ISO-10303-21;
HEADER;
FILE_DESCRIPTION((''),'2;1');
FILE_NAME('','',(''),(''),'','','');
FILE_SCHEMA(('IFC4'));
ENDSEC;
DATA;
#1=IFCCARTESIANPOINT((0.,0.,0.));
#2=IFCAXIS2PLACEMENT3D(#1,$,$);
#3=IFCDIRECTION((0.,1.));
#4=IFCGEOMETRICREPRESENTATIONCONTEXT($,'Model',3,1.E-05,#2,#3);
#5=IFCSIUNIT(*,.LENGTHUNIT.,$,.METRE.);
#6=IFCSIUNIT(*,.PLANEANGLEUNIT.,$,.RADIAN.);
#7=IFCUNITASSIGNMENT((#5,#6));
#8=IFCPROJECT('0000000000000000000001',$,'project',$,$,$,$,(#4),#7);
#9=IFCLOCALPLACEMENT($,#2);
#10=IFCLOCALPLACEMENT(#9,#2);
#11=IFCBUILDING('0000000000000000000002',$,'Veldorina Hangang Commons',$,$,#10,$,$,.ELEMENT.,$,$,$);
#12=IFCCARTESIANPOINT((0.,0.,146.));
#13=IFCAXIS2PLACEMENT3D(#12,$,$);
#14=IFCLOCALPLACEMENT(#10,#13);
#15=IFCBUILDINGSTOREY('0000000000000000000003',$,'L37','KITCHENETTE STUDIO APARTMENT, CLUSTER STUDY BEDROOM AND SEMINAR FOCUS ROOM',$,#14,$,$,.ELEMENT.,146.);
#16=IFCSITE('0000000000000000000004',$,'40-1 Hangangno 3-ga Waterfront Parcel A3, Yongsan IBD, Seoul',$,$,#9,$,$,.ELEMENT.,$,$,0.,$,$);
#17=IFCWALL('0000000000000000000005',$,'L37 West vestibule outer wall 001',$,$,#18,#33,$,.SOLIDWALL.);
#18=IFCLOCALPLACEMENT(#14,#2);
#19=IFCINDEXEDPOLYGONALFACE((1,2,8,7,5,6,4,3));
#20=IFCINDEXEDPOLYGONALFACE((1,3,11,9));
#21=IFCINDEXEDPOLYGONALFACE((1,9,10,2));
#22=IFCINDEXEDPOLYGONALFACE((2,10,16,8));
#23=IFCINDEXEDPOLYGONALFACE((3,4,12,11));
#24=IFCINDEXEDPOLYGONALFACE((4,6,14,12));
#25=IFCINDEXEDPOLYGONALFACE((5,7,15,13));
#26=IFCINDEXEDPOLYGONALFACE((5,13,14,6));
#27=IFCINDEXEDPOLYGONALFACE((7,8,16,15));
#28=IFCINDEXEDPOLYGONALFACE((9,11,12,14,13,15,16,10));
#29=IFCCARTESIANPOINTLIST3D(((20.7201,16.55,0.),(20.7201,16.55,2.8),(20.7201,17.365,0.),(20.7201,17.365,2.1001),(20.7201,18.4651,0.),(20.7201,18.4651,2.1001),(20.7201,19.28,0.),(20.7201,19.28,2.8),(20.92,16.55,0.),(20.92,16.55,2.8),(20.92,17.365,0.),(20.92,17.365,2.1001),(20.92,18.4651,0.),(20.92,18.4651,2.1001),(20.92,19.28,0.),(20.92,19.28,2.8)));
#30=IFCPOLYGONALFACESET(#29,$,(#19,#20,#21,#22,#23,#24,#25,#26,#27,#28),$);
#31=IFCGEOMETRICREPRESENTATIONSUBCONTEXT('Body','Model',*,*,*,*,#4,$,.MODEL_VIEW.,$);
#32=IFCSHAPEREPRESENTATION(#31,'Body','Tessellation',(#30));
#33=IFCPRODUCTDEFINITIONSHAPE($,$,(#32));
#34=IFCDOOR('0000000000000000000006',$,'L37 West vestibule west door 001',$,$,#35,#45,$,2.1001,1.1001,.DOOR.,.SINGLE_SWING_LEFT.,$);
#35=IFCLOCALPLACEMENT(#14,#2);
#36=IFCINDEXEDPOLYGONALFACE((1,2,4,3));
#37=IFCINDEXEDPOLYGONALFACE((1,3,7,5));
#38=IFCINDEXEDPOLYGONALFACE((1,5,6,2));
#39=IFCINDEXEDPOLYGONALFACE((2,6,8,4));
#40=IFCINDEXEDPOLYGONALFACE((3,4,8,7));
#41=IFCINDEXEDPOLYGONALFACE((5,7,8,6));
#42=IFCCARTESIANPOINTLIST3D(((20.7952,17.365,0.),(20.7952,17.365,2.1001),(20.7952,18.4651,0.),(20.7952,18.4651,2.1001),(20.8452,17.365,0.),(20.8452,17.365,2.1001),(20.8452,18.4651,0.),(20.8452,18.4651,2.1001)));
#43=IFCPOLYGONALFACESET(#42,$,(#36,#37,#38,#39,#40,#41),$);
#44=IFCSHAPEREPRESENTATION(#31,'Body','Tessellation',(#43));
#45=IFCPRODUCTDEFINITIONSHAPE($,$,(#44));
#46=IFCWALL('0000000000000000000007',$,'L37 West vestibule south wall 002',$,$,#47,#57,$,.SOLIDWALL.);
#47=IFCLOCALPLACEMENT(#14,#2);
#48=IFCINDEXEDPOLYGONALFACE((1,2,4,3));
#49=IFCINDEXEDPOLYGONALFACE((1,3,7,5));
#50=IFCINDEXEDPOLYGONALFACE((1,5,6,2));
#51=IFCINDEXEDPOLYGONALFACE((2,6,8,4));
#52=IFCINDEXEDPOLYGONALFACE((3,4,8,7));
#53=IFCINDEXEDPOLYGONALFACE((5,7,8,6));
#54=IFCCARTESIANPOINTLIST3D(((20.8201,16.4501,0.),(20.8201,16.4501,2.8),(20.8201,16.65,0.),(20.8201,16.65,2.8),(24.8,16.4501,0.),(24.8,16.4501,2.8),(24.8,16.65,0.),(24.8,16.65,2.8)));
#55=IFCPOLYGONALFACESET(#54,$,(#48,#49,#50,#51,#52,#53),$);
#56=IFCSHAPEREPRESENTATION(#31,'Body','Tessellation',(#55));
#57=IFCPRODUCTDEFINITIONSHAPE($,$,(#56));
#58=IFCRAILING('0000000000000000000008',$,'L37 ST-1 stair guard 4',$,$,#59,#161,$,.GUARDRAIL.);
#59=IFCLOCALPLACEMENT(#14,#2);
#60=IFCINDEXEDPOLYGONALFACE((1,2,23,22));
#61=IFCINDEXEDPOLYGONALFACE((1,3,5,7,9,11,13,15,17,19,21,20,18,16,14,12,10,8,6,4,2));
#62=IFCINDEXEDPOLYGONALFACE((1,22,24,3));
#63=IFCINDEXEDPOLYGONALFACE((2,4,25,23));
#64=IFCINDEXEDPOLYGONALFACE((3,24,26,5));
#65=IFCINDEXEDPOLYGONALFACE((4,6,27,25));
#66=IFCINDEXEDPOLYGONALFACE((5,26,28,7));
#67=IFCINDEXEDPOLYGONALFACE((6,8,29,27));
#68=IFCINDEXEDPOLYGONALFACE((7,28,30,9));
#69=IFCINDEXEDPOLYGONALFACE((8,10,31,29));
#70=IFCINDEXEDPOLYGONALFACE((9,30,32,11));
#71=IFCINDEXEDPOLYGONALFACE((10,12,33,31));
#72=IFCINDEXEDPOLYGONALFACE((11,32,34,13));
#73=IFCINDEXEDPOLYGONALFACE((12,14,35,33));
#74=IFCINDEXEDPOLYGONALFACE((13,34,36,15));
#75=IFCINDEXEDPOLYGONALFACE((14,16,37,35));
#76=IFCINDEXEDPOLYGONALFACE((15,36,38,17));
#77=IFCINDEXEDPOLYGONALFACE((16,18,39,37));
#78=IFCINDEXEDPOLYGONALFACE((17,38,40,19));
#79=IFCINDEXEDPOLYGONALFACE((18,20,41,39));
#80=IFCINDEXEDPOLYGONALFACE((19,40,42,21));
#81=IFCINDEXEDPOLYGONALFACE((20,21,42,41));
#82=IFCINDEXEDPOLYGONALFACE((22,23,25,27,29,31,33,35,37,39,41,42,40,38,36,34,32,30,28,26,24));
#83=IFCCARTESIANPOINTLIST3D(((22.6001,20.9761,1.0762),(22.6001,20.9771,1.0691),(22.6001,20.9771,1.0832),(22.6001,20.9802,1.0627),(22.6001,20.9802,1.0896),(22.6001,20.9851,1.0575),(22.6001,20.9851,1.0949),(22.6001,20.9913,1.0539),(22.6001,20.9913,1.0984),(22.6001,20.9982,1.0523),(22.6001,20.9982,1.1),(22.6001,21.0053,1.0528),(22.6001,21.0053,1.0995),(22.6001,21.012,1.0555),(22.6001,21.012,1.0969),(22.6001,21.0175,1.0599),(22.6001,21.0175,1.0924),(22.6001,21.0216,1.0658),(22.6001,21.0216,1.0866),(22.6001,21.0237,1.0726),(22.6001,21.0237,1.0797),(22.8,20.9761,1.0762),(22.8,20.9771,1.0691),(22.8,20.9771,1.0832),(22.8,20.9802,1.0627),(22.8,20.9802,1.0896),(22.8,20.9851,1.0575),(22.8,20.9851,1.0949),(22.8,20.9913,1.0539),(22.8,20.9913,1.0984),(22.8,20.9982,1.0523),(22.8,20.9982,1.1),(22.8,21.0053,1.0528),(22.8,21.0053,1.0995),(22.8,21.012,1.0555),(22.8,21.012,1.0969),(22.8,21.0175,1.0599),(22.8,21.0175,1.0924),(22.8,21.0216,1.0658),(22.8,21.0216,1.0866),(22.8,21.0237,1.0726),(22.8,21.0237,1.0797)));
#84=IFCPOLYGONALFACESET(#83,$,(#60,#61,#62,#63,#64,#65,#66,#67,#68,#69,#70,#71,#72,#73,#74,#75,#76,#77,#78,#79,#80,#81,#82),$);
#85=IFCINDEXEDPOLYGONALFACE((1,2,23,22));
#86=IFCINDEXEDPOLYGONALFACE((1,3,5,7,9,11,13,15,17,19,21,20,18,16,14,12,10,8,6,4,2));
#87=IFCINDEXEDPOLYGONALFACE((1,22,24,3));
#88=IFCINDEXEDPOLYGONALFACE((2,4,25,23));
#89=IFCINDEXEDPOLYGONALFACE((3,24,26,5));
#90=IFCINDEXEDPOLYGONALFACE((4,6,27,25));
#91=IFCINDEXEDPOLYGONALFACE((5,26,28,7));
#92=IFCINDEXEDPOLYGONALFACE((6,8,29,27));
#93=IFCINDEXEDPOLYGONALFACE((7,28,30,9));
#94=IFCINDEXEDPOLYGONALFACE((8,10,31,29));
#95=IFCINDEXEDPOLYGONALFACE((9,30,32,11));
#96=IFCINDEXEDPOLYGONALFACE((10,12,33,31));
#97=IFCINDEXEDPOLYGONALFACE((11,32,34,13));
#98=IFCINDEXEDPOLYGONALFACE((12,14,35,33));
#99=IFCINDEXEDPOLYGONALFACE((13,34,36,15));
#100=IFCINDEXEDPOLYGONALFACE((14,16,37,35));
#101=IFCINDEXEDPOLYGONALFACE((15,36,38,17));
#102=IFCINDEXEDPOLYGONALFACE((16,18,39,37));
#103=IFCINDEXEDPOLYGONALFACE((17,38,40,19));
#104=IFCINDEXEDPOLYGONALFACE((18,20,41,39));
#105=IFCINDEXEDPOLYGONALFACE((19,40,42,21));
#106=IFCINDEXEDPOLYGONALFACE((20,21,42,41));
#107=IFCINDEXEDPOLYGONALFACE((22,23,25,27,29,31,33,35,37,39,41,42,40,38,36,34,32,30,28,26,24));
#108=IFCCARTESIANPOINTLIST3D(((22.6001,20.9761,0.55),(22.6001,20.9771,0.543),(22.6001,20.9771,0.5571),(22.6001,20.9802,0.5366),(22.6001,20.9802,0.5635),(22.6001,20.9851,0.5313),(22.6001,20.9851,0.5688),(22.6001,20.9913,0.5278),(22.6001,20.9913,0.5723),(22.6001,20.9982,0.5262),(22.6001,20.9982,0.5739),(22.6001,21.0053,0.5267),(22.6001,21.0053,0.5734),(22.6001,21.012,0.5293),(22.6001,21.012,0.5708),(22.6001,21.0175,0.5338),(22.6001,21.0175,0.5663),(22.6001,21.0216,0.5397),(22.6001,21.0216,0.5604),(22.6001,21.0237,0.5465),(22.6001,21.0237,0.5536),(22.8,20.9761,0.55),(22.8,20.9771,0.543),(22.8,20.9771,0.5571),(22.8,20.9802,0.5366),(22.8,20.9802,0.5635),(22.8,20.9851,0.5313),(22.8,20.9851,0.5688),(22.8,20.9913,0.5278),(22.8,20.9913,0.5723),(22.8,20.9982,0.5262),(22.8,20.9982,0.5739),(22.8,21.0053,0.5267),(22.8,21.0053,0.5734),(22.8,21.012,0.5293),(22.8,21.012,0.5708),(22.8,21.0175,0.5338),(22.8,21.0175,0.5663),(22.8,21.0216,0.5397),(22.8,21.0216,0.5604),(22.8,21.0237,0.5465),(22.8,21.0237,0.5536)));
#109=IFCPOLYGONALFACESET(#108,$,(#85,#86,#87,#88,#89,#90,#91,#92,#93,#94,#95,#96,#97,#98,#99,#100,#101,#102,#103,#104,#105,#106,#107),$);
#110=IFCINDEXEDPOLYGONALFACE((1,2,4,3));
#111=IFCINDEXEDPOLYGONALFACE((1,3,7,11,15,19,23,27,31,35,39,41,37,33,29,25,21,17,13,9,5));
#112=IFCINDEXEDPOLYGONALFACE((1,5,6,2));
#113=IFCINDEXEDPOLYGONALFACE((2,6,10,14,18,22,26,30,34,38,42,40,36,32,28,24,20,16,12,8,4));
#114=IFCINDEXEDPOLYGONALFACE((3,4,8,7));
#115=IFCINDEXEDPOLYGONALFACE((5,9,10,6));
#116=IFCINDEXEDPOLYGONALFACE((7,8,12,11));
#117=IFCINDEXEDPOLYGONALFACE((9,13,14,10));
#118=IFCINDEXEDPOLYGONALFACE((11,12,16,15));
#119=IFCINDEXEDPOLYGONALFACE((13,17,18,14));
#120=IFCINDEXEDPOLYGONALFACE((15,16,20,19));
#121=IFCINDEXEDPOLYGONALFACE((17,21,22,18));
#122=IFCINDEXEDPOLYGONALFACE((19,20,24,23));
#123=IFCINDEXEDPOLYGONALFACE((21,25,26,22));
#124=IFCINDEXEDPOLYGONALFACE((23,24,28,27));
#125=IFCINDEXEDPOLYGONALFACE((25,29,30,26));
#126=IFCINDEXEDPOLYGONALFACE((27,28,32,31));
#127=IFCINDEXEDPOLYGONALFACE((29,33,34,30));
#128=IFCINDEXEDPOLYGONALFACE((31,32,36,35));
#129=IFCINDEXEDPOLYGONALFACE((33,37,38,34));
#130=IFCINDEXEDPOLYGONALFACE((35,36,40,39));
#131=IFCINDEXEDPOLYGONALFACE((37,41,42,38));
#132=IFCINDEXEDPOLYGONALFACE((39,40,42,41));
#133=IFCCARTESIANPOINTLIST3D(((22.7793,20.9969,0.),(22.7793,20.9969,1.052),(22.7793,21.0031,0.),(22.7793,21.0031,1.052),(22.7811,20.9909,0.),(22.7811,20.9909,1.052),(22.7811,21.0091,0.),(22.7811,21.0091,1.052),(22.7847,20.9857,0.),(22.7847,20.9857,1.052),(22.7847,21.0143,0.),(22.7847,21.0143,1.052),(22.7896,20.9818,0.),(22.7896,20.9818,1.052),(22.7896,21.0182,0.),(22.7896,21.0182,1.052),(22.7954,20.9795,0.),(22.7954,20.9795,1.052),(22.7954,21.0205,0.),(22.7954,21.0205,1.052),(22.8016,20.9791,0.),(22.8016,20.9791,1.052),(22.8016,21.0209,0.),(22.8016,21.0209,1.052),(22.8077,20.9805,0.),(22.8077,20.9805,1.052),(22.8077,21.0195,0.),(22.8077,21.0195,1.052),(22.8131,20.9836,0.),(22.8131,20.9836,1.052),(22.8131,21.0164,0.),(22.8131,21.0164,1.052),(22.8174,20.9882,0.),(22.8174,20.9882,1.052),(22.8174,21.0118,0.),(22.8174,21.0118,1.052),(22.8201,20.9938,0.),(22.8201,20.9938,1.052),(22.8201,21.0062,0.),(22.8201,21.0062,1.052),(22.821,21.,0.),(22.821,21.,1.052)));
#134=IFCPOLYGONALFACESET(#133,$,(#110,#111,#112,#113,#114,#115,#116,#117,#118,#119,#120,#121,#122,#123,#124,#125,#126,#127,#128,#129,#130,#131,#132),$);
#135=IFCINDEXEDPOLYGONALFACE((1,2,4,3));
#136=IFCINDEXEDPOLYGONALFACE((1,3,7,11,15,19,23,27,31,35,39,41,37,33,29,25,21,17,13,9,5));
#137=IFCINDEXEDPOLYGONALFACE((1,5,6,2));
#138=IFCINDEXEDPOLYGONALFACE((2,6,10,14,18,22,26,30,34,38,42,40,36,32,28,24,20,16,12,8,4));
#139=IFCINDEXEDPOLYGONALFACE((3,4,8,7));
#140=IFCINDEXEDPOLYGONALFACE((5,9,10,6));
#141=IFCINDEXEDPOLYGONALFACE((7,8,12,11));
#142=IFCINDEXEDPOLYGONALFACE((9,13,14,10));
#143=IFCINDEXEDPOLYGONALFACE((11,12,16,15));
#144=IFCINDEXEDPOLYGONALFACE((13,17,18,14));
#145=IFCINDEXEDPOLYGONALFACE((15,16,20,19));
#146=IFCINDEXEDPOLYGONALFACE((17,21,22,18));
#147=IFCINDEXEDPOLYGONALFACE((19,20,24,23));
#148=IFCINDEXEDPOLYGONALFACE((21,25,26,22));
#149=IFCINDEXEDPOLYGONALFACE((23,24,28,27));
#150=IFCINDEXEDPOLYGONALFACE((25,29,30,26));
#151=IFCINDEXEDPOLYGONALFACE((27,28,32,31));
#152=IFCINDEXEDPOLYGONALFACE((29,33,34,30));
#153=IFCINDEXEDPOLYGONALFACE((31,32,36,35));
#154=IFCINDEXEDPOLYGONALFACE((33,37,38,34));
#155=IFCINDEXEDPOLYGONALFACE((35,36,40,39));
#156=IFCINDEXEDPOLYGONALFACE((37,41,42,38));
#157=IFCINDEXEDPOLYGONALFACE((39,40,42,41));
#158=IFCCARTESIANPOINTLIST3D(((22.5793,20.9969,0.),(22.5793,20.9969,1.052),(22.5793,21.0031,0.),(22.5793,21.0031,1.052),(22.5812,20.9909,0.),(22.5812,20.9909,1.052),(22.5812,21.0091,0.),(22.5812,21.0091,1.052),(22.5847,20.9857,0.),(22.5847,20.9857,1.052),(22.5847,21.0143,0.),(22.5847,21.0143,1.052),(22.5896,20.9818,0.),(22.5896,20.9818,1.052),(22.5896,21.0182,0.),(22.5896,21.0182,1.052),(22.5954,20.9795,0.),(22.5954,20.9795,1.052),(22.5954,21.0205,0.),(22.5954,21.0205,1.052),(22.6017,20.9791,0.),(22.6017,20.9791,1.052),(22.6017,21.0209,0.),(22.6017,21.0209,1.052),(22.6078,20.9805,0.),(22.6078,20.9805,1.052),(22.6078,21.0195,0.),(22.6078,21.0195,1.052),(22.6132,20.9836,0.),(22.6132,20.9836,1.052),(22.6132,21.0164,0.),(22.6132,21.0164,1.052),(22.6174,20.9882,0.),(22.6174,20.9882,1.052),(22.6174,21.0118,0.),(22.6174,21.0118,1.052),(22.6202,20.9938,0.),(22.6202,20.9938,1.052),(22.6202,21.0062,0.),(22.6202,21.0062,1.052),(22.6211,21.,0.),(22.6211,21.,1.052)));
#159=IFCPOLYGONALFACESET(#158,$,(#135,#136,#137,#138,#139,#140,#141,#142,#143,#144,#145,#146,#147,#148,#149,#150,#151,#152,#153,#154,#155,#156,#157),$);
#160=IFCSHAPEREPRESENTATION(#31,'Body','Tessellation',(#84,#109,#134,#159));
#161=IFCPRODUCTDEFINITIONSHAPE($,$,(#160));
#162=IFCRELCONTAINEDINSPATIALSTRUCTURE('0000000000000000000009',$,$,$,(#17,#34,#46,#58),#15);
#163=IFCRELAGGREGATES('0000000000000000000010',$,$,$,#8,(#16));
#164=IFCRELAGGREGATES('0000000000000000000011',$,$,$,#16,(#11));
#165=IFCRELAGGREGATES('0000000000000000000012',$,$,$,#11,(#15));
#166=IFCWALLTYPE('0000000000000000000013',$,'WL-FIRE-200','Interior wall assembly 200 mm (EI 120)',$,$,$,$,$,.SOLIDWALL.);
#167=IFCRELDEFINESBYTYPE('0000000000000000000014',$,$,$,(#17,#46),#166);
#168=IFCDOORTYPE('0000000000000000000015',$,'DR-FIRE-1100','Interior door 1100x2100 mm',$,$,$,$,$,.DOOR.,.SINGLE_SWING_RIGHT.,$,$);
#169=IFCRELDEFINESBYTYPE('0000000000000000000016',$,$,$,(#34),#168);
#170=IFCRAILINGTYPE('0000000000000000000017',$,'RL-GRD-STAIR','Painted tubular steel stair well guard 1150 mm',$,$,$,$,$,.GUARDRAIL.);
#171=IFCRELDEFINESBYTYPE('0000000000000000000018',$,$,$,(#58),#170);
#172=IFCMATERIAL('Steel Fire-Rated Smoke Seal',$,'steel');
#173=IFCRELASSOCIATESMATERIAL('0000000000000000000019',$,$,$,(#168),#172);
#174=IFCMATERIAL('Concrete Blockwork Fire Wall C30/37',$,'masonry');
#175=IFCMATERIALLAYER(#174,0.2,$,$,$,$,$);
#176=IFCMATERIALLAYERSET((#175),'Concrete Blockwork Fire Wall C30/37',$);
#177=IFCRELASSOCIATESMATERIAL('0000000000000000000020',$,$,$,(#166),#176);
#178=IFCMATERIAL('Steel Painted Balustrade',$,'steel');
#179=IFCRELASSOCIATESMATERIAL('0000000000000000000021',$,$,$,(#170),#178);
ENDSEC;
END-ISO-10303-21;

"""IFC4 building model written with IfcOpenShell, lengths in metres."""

from ifc_helpers import new_model, si_unit, direction, frame, frame_2d, origin, origin_2d, place, context, subcontext, project, spatial, rectangle, circle, extrude, material, layer, layer_set, type_object, element, fill, save


model = new_model("IFC4")

# Units and contexts
model_context = context("Model", 3, precision=1e-05, world=origin(), true_north=direction((0.0, 1.0)))
body_context = subcontext(model_context, "Body", "Model", "MODEL_VIEW")
ifc_project = project(units=[si_unit("LENGTHUNIT", "METRE"), si_unit("PLANEANGLEUNIT", "RADIAN")], contexts=[model_context])

# Site, building, storey
site_placement = place(None, origin())
site = spatial("IfcSite", under=ifc_project, at=site_placement, Name="40-1 Hangangno 3-ga Waterfront Parcel A3, Yongsan IBD, Seoul", CompositionType="ELEMENT", RefElevation=0.0)
building_placement = place(site_placement, origin())
building = spatial("IfcBuilding", under=site, at=building_placement, Name="Veldorina Hangang Commons", CompositionType="ELEMENT")
storey_placement = place(building_placement, frame((0.0, 0.0, 146.0)))
storey = spatial("IfcBuildingStorey", under=building, at=storey_placement, Name="L37", Description="KITCHENETTE STUDIO APARTMENT, CLUSTER STUDY BEDROOM AND SEMINAR FOCUS ROOM", CompositionType="ELEMENT", Elevation=146.0)

# Shared definitions
ifc_material_1 = material(Name="Steel Fire-Rated Smoke Seal", Category="steel")
door_type_1 = type_object("IfcDoorType", Name="DR-FIRE-1100", Description="Interior door 1100x2100 mm", OperationType="SINGLE_SWING_RIGHT", PredefinedType="DOOR", material=ifc_material_1)

# Wall, opening, door
ifc_material_2 = material(Name="Concrete Blockwork Fire Wall C30/37", Category="masonry")
ifc_layer_1 = layer(ifc_material_2, 0.2)
ifc_layer_set_1 = layer_set([ifc_layer_1], Name="Concrete Blockwork Fire Wall C30/37")
wall_type_1 = type_object("IfcWallType", Name="WL-FIRE-200", Description="Interior wall assembly 200 mm (EI 120)", PredefinedType="SOLIDWALL", material=ifc_layer_set_1)
wall_1_placement = place(storey_placement, frame((20.8201, 16.55, 0.0), z_axis=(0.0, 0.0, 1.0), x_axis=(0.0, 1.0, 0.0)))
wall_1 = element("IfcWall", 1, at=wall_1_placement, inside=storey, type_object=wall_type_1, Name="L37 West vestibule outer wall 001", PredefinedType="SOLIDWALL", context=body_context, shape_type="SweptSolid", body=[
    extrude(rectangle(XDim=2.73, YDim=0.2, at=frame_2d((1.365, 0.0))), origin(), (0.0, 0.0, 1.0), 2.8),
])
opening_1_placement = place(wall_1_placement, frame((0.8149, 0.0, 0.0)))
opening_1 = element("IfcOpeningElement", 2, at=opening_1_placement, cuts=wall_1, PredefinedType="OPENING", context=body_context, shape_type="SweptSolid", body=[
    extrude(rectangle(XDim=1.1001, YDim=2.1001, at=frame_2d((0.55, 1.05))), frame((0.0, 0.1099, 0.0), z_axis=(0.0, -1.0, 0.0), x_axis=(1.0, 0.0, 0.0)), (0.0, 0.0, 1.0), 0.22),
])
door_1_placement = place(opening_1_placement, origin())
door_1 = element("IfcDoor", 3, at=door_1_placement, inside=storey, type_object=door_type_1, Name="L37 West vestibule west door 001", OperationType="SINGLE_SWING_LEFT", OverallHeight=2.1001, OverallWidth=1.1001, PredefinedType="DOOR", context=body_context, shape_type="SweptSolid", body=[
    extrude(rectangle(XDim=1.1001, YDim=2.1001, at=frame_2d((0.55, 1.05))), frame((0.0, 0.0249, 0.0), z_axis=(0.0, -1.0, 0.0), x_axis=(1.0, 0.0, 0.0)), (0.0, 0.0, 1.0), 0.05),
])
fill(opening_1, door_1)

# Wall
wall_2_placement = place(storey_placement, frame((20.8201, 16.55, 0.0), z_axis=(0.0, 0.0, 1.0), x_axis=(1.0, 0.0, 0.0)))
element("IfcWall", 4, at=wall_2_placement, inside=storey, type_object=wall_type_1, Name="L37 West vestibule south wall 002", PredefinedType="SOLIDWALL", context=body_context, shape_type="SweptSolid", body=[
    extrude(rectangle(XDim=3.98, YDim=0.2, at=frame_2d((1.99, 0.0))), origin(), (0.0, 0.0, 1.0), 2.8),
])

# Railing
ifc_material_3 = material(Name="Steel Painted Balustrade", Category="steel")
railing_type_1 = type_object("IfcRailingType", Name="RL-GRD-STAIR", Description="Painted tubular steel stair well guard 1150 mm", PredefinedType="GUARDRAIL", material=ifc_material_3)
railing_1_placement = place(storey_placement, frame((22.8, 21.0, 0.0)))
element("IfcRailing", 5, at=railing_1_placement, inside=storey, type_object=railing_type_1, Name="L37 ST-1 stair guard 4", PredefinedType="GUARDRAIL", context=body_context, shape_type="SweptSolid", body=[
    extrude(circle(Radius=0.0239, at=origin_2d()), frame((0.0, 0.0, 1.0762), z_axis=(-1.0, 0.0, 0.0), x_axis=(0.0, -1.0, 0.0)), (0.0, 0.0, 1.0), 0.2),
    extrude(circle(Radius=0.0239, at=origin_2d()), frame((0.0, 0.0, 0.55), z_axis=(-1.0, 0.0, 0.0), x_axis=(0.0, -1.0, 0.0)), (0.0, 0.0, 1.0), 0.2),
    extrude(circle(Radius=0.021, at=origin_2d()), origin(), (0.0, 0.0, 1.0), 1.052),
    extrude(circle(Radius=0.021, at=origin_2d()), frame((-0.2, 0.0, 0.0)), (0.0, 0.0, 1.0), 1.052),
])

save(model, "model.ifc")
